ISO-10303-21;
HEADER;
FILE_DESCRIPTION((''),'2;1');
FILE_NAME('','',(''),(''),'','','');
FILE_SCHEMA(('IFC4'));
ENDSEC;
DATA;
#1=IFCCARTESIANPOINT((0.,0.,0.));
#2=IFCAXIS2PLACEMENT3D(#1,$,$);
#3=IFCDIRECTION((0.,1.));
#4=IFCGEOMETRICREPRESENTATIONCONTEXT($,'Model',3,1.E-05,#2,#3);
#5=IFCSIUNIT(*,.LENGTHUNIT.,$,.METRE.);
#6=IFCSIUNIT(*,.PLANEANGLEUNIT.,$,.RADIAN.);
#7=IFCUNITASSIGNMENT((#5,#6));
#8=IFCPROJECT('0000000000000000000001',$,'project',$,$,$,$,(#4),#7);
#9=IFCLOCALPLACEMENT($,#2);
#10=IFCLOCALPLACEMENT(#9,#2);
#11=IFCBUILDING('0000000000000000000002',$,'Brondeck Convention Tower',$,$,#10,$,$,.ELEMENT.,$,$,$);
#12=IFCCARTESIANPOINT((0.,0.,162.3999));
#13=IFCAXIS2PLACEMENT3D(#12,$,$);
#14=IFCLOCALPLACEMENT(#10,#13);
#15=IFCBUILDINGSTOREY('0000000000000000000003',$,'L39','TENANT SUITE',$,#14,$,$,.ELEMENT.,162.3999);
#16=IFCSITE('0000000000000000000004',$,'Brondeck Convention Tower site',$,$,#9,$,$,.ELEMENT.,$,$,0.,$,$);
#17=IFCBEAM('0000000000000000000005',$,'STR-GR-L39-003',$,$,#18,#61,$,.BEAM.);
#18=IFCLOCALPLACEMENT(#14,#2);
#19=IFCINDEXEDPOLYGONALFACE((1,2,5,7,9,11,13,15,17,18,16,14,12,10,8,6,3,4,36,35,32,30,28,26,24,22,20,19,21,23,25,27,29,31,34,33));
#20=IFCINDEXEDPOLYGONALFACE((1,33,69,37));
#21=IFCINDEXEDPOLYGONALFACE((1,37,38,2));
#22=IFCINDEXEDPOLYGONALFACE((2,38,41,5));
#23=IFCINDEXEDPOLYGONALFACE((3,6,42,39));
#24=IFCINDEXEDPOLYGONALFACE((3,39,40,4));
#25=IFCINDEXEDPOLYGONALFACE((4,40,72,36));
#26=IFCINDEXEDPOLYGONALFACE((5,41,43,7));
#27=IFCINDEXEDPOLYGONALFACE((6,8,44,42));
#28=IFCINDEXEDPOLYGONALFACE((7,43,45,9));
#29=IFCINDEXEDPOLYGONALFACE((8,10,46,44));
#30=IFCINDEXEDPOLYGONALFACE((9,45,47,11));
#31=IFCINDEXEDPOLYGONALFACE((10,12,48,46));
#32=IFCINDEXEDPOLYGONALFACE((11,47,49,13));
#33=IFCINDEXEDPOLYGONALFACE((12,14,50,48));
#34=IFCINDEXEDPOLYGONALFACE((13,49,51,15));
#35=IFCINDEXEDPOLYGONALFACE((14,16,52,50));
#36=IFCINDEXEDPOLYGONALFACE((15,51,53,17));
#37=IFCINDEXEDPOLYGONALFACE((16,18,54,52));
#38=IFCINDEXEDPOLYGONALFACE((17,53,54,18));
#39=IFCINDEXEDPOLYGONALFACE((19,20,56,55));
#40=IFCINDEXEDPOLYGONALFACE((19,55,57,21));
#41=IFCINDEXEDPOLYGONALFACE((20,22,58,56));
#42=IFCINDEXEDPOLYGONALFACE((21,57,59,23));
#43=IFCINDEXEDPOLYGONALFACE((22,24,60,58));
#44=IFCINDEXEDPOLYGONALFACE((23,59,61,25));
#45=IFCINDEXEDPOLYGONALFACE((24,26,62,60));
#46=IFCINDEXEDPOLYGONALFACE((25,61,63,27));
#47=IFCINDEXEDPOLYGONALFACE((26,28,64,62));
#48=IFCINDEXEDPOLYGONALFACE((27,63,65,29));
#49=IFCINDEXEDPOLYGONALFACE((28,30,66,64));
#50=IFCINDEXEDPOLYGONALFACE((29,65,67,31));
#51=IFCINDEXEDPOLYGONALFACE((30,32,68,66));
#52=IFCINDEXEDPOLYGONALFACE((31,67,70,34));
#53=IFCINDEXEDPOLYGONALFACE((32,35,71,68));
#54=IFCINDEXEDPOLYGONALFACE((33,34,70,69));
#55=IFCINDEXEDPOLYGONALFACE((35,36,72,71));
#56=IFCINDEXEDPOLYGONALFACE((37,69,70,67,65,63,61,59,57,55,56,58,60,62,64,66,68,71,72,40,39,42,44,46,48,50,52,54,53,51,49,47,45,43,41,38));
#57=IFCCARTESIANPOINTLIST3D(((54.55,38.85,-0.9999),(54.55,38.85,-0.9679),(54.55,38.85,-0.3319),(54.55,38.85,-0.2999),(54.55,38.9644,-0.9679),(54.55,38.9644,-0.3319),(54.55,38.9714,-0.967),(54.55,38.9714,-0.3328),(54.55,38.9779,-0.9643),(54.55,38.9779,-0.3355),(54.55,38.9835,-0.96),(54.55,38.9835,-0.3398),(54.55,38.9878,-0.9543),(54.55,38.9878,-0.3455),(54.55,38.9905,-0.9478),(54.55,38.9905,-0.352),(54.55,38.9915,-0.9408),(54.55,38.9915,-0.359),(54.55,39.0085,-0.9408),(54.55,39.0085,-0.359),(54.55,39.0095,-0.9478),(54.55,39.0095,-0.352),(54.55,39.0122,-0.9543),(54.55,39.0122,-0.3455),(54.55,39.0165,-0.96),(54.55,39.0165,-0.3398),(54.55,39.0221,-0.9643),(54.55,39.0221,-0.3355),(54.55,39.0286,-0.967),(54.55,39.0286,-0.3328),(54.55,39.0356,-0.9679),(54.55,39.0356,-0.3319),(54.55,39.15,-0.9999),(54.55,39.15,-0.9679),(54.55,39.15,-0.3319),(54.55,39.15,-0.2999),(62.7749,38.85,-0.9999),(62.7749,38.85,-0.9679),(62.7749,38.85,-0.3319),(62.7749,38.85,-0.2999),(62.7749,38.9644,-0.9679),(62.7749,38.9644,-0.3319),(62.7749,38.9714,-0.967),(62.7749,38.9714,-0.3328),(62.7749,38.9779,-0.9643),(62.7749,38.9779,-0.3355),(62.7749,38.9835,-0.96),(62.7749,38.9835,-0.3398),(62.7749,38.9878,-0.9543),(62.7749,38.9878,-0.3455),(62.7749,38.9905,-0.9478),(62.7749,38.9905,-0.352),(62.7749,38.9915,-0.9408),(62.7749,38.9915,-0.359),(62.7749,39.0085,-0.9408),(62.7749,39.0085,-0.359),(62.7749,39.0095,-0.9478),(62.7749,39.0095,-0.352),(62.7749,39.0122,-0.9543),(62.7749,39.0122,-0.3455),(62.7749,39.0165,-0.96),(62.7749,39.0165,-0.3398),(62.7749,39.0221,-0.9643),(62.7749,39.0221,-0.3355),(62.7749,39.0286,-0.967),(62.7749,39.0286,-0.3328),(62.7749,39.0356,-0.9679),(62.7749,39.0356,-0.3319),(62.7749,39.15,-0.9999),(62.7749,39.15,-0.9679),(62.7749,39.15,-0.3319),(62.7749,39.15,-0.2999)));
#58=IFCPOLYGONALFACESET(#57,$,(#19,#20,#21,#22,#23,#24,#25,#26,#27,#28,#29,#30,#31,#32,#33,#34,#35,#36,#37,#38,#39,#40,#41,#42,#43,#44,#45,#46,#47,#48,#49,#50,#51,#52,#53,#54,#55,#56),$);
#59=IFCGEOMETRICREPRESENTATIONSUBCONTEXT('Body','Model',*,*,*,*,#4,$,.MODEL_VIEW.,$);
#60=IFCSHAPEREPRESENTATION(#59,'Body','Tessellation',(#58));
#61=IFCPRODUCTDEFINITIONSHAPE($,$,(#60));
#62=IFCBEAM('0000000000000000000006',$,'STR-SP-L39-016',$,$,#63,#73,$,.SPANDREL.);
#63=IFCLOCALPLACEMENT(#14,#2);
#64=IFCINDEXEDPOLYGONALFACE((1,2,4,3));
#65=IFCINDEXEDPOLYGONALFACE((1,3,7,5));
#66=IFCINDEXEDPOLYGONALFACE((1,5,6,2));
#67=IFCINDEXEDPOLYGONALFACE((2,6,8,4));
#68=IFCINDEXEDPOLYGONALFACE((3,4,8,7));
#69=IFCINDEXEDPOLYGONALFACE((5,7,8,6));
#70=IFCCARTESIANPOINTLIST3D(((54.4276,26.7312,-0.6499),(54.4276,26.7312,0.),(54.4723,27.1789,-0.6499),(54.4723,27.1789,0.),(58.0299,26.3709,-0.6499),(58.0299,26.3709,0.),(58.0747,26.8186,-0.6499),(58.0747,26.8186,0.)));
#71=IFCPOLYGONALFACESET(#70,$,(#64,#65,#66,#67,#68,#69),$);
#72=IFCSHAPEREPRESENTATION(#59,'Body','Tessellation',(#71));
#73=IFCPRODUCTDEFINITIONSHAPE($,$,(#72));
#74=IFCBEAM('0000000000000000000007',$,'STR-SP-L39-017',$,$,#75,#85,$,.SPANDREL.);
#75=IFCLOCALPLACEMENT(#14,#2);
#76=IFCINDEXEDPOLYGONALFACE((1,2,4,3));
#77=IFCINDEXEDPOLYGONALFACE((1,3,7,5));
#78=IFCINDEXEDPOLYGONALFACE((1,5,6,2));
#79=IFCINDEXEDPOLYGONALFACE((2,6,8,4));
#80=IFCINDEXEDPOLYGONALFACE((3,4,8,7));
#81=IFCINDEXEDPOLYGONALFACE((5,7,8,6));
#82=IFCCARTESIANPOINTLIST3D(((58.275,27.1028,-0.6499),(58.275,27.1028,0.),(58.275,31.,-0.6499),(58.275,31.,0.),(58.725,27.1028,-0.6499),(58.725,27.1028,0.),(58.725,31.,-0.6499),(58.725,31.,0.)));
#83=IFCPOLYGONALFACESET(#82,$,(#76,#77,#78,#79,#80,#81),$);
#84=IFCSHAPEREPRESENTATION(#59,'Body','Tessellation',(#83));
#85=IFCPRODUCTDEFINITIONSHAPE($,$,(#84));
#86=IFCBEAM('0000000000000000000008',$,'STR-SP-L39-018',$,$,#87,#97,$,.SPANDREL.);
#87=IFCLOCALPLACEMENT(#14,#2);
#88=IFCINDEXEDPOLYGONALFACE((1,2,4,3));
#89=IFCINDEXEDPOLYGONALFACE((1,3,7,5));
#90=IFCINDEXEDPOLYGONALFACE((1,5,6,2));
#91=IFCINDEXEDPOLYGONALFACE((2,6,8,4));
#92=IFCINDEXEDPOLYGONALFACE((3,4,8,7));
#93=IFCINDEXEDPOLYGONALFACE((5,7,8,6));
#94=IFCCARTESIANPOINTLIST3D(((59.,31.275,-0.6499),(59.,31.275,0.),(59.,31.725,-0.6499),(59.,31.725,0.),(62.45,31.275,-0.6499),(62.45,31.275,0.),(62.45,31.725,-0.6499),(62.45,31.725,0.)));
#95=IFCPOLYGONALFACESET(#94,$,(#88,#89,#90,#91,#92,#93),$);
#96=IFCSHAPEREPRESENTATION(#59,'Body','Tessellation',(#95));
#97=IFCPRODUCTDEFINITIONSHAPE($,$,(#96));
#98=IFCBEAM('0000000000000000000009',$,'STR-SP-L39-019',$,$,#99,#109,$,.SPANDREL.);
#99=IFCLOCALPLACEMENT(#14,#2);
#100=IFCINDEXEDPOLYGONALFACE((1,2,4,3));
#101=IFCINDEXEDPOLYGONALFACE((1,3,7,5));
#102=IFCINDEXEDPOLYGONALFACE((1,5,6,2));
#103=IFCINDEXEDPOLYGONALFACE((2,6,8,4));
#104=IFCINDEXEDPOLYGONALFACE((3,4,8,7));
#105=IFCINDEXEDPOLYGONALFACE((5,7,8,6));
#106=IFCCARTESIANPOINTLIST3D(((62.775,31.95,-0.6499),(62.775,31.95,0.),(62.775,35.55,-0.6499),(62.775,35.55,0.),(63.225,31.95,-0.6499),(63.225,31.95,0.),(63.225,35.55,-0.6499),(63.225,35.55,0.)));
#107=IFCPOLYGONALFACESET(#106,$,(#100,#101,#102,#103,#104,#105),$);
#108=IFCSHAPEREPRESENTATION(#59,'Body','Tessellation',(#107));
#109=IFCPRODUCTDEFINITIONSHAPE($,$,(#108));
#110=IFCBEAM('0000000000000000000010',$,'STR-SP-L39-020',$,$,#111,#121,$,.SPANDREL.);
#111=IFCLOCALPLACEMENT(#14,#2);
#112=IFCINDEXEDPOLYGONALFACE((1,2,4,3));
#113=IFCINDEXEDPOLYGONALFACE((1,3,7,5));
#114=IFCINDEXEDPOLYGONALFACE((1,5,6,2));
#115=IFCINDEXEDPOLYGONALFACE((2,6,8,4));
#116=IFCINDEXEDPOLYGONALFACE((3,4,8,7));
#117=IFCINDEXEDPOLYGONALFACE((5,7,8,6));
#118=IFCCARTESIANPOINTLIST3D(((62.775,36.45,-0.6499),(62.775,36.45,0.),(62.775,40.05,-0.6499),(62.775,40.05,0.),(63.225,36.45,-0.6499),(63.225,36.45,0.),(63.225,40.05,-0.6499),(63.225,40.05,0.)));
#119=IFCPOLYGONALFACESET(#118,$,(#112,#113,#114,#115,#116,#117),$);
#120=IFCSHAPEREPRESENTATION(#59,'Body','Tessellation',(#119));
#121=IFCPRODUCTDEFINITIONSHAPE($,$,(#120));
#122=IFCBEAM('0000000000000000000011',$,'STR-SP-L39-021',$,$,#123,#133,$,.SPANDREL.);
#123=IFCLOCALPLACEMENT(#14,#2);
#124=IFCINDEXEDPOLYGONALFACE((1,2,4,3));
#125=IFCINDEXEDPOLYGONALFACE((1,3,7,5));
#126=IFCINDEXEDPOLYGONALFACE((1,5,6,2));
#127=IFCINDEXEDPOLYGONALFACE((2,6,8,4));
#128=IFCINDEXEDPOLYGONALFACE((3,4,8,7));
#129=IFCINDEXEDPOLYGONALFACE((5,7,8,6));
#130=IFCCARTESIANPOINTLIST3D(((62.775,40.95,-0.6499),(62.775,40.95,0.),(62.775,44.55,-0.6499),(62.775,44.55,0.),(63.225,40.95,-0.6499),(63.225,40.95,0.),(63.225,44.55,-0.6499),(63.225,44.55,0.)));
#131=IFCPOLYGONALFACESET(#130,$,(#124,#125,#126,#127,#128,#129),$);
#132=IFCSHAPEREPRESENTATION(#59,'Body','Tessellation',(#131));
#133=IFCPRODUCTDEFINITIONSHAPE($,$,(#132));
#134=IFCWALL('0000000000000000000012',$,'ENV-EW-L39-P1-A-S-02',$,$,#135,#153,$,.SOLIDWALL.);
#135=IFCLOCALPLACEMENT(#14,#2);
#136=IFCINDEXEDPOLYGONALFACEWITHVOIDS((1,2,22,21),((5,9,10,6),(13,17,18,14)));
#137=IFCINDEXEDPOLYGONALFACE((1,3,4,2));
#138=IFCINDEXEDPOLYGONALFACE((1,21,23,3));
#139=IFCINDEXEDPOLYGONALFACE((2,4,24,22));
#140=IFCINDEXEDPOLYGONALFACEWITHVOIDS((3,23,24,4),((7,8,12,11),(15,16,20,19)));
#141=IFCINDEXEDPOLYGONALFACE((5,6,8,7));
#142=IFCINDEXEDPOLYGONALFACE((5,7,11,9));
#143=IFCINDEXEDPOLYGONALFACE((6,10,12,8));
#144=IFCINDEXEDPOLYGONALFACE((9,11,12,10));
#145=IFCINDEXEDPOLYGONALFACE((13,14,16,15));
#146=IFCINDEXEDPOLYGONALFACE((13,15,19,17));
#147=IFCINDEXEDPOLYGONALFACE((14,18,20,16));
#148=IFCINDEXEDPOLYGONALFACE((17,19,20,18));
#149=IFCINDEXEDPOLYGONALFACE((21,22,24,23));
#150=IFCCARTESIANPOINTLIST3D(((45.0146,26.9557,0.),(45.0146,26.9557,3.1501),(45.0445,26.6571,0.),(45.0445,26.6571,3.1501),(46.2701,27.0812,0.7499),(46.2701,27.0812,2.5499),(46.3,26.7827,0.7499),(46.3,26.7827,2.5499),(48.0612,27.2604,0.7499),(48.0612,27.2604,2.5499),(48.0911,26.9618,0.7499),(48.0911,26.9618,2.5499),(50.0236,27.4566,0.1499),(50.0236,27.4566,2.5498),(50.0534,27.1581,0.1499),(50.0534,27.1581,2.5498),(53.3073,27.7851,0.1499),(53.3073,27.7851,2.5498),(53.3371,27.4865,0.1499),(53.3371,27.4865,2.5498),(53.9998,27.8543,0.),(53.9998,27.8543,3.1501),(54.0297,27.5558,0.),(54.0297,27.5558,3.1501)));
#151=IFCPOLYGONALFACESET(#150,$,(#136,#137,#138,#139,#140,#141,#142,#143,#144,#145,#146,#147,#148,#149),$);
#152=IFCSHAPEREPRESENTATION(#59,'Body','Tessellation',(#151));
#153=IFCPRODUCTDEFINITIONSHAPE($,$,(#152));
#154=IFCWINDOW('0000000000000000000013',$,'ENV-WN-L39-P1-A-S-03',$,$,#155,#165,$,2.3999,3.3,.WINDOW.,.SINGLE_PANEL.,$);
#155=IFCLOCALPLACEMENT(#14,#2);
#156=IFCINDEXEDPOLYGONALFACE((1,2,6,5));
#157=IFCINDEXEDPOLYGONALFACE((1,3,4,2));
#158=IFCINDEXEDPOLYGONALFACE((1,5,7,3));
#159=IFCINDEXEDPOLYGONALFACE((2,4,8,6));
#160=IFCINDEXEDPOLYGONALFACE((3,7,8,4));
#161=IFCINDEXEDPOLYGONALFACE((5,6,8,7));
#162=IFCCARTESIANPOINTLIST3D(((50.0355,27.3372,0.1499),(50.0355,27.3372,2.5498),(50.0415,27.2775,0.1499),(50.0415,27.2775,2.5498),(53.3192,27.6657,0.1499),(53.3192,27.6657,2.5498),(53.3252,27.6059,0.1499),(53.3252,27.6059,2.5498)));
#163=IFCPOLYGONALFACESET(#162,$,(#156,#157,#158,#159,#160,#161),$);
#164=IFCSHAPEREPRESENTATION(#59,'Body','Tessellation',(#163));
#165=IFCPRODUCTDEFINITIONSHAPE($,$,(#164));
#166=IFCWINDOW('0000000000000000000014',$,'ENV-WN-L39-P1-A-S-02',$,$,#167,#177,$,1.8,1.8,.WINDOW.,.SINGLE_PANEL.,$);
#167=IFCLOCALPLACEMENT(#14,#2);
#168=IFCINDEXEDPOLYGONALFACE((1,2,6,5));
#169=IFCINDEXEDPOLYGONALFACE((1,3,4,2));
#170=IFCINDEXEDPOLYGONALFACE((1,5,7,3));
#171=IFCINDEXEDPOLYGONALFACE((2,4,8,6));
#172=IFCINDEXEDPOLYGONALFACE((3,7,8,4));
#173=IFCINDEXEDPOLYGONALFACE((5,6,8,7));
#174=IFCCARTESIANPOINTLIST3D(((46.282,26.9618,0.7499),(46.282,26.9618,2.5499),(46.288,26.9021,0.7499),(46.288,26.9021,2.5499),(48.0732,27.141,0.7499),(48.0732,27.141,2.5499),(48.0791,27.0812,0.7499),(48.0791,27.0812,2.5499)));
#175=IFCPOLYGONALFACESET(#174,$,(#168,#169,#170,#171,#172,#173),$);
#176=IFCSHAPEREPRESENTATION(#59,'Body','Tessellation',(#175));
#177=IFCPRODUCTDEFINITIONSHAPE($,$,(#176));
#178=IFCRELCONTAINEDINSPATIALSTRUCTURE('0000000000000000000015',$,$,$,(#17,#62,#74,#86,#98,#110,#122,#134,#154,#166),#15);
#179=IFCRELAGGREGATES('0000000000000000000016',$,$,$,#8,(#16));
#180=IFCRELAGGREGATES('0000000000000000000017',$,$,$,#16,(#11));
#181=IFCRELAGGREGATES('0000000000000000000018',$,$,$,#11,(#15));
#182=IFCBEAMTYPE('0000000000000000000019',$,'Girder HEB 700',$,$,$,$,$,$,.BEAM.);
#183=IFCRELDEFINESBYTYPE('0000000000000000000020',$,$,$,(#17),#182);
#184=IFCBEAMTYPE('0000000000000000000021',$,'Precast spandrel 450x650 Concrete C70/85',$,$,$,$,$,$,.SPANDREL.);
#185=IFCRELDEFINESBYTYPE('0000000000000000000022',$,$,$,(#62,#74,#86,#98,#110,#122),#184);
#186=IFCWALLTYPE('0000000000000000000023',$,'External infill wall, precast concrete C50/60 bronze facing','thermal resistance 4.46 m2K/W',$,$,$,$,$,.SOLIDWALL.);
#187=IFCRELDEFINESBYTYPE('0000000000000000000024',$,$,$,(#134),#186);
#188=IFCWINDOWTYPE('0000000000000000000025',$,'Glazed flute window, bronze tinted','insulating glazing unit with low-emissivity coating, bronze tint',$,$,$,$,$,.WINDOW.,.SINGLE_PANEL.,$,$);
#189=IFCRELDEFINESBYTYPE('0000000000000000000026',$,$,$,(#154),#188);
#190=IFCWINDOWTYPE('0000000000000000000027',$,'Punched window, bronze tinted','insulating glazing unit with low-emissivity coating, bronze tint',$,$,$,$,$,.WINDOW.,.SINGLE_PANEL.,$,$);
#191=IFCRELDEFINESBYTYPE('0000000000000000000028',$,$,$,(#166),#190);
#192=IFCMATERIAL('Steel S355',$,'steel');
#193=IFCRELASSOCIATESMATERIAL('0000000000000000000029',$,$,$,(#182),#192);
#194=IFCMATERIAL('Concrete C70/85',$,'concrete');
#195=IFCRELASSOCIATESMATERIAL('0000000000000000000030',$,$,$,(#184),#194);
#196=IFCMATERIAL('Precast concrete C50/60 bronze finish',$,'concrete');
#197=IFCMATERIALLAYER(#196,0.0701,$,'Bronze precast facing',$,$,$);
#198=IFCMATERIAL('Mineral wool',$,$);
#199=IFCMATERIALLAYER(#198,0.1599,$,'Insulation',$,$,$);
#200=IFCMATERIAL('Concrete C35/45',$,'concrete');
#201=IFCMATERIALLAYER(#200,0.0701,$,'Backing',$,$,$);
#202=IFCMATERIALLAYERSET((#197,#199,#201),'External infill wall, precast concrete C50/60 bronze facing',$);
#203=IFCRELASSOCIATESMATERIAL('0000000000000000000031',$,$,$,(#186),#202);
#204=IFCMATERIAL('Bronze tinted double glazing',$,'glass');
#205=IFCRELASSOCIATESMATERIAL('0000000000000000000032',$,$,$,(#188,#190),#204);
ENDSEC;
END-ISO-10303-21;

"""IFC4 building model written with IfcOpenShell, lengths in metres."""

from ifc_helpers import new_model, si_unit, direction, frame, frame_2d, origin, origin_2d, place, context, subcontext, project, spatial, rectangle, i_section, extrude, material, layer, layer_set, material_profile, profile_set, type_object, element, fill, save


model = new_model("IFC4")

# Units and contexts
model_context = context("Model", 3, precision=1e-05, world=origin(), true_north=direction((0.0, 1.0)))
body_context = subcontext(model_context, "Body", "Model", "MODEL_VIEW")
ifc_project = project(units=[si_unit("LENGTHUNIT", "METRE"), si_unit("PLANEANGLEUNIT", "RADIAN")], contexts=[model_context])

# Site, building, storey
site_placement = place(None, origin())
site = spatial("IfcSite", under=ifc_project, at=site_placement, Name="Brondeck Convention Tower site", CompositionType="ELEMENT", RefElevation=0.0)
building_placement = place(site_placement, origin())
building = spatial("IfcBuilding", under=site, at=building_placement, Name="Brondeck Convention Tower", CompositionType="ELEMENT")
storey_placement = place(building_placement, frame((0.0, 0.0, 162.3999)))
storey = spatial("IfcBuildingStorey", under=building, at=storey_placement, Name="L39", Description="TENANT SUITE", CompositionType="ELEMENT", Elevation=162.3999)

# Shared definitions
ifc_material_1 = material(Name="Concrete C70/85", Category="concrete")

# Beams
ifc_material_2 = material(Name="Steel S355", Category="steel")
ifc_material_profile_1 = material_profile(ifc_material_2, i_section(OverallWidth=0.3, OverallDepth=0.7, WebThickness=0.0171, FlangeThickness=0.032, FilletRadius=0.0271, at=origin_2d()), Name="HEB 700")
ifc_profile_set_1 = profile_set([ifc_material_profile_1], Name="Steel S355")
beam_type_1 = type_object("IfcBeamType", Name="Girder HEB 700", PredefinedType="BEAM", material=ifc_profile_set_1)
beam_1_placement = place(storey_placement, frame((54.55, 39.0, -0.6499), z_axis=(1.0, 0.0, 0.0), x_axis=(0.0, 1.0, 0.0)))
element("IfcBeam", 1, at=beam_1_placement, inside=storey, type_object=beam_type_1, Name="STR-GR-L39-003", PredefinedType="BEAM", context=body_context, shape_type="SweptSolid", body=[
    extrude(i_section(OverallWidth=0.3, OverallDepth=0.7, WebThickness=0.0171, FlangeThickness=0.032, FilletRadius=0.0271, at=origin_2d()), origin(), (0.0, 0.0, 1.0), 8.2249),
])
ifc_material_profile_2 = material_profile(ifc_material_1, rectangle(XDim=0.45, YDim=0.6499, at=origin_2d()), Name="Precast spandrel 450x650 Concrete C70/85")
ifc_profile_set_2 = profile_set([ifc_material_profile_2], Name="Concrete C70/85")
beam_type_2 = type_object("IfcBeamType", Name="Precast spandrel 450x650 Concrete C70/85", PredefinedType="SPANDREL", material=ifc_profile_set_2)
beam_2_placement = place(storey_placement, frame((54.45, 26.9551, -0.325), z_axis=(0.995034, -0.099537, 0.0), x_axis=(0.099537, 0.995034, 0.0)))
element("IfcBeam", 2, at=beam_2_placement, inside=storey, type_object=beam_type_2, Name="STR-SP-L39-016", PredefinedType="SPANDREL", context=body_context, shape_type="SweptSolid", body=[
    extrude(rectangle(XDim=0.45, YDim=0.6499, at=origin_2d()), origin(), (0.0, 0.0, 1.0), 3.6204),
])
beam_3_placement = place(storey_placement, frame((58.5, 27.1028, -0.325), z_axis=(0.0, 1.0, 0.0), x_axis=(-1.0, 0.0, 0.0)))
element("IfcBeam", 3, at=beam_3_placement, inside=storey, type_object=beam_type_2, Name="STR-SP-L39-017", PredefinedType="SPANDREL", context=body_context, shape_type="SweptSolid", body=[
    extrude(rectangle(XDim=0.45, YDim=0.6499, at=origin_2d()), origin(), (0.0, 0.0, 1.0), 3.8972),
])
beam_4_placement = place(storey_placement, frame((59.0, 31.5, -0.325), z_axis=(1.0, 0.0, 0.0), x_axis=(0.0, 1.0, 0.0)))
element("IfcBeam", 4, at=beam_4_placement, inside=storey, type_object=beam_type_2, Name="STR-SP-L39-018", PredefinedType="SPANDREL", context=body_context, shape_type="SweptSolid", body=[
    extrude(rectangle(XDim=0.45, YDim=0.6499, at=origin_2d()), origin(), (0.0, 0.0, 1.0), 3.45),
])
for number, where, z_axis, x_axis, name in (
    (5, (63.0, 31.95, -0.325), (0.0, 1.0, 0.0), (-1.0, 0.0, 0.0), "STR-SP-L39-019"),
    (6, (63.0, 36.45, -0.325), (0.0, 1.0, 0.0), (-1.0, 0.0, 0.0), "STR-SP-L39-020"),
    (7, (63.0, 40.95, -0.325), (0.0, 1.0, 0.0), (-1.0, 0.0, 0.0), "STR-SP-L39-021"),
):
    element("IfcBeam", number, at=place(storey_placement, frame(where, z_axis=z_axis, x_axis=x_axis)), inside=storey, type_object=beam_type_2, Name=name, PredefinedType="SPANDREL", context=body_context, shape_type="SweptSolid", body=[
        extrude(rectangle(XDim=0.45, YDim=0.6499, at=origin_2d()), origin(), (0.0, 0.0, 1.0), 3.6001),
    ])

# Wall, openings, windows
ifc_material_3 = material(Name="Precast concrete C50/60 bronze finish", Category="concrete")
ifc_layer_1 = layer(ifc_material_3, 0.0701, Name="Bronze precast facing")
ifc_material_4 = material(Name="Mineral wool")
ifc_layer_2 = layer(ifc_material_4, 0.1599, Name="Insulation")
ifc_material_5 = material(Name="Concrete C35/45", Category="concrete")
ifc_layer_3 = layer(ifc_material_5, 0.0701, Name="Backing")
ifc_layer_set_1 = layer_set([ifc_layer_1, ifc_layer_2, ifc_layer_3], Name="External infill wall, precast concrete C50/60 bronze facing")
wall_type_1 = type_object("IfcWallType", Name="External infill wall, precast concrete C50/60 bronze facing", Description="thermal resistance 4.46 m2K/W", PredefinedType="SOLIDWALL", material=ifc_layer_set_1)
wall_1_placement = place(storey_placement, frame((54.0149, 27.7051, 0.0), z_axis=(0.0, 0.0, 1.0), x_axis=(-0.995035, -0.099522, 0.0)))
wall_1 = element("IfcWall", 8, at=wall_1_placement, inside=storey, type_object=wall_type_1, Name="ENV-EW-L39-P1-A-S-02", PredefinedType="SOLIDWALL", context=body_context, shape_type="SweptSolid", body=[
    extrude(rectangle(XDim=9.03, YDim=0.3, at=frame_2d((4.5151, 0.0))), origin(), (0.0, 0.0, 1.0), 3.1501),
])
opening_1_placement = place(wall_1_placement, frame((0.6963, 0.0, 0.1499)))
opening_1 = element("IfcOpeningElement", 9, at=opening_1_placement, cuts=wall_1, PredefinedType="OPENING", context=body_context, shape_type="SweptSolid", body=[
    extrude(rectangle(XDim=3.3, YDim=2.3999, at=frame_2d((1.6499, 1.2))), frame((0.0, 0.1599, 0.0), z_axis=(0.0, -1.0, 0.0), x_axis=(1.0, 0.0, 0.0)), (0.0, 0.0, 1.0), 0.3201),
])
opening_2_placement = place(wall_1_placement, frame((5.9685, 0.0, 0.75)))
opening_2 = element("IfcOpeningElement", 10, at=opening_2_placement, cuts=wall_1, PredefinedType="OPENING", context=body_context, shape_type="SweptSolid", body=[
    extrude(rectangle(XDim=1.8, YDim=1.8, at=frame_2d((0.8999, 0.8999))), frame((0.0, 0.1599, 0.0), z_axis=(0.0, -1.0, 0.0), x_axis=(1.0, 0.0, 0.0)), (0.0, 0.0, 1.0), 0.3201),
])
ifc_material_6 = material(Name="Bronze tinted double glazing", Category="glass")
window_type_1 = type_object("IfcWindowType", Name="Glazed flute window, bronze tinted", Description="insulating glazing unit with low-emissivity coating, bronze tint", PartitioningType="SINGLE_PANEL", PredefinedType="WINDOW", material=ifc_material_6)
window_1_placement = place(opening_1_placement, origin())
window_1 = element("IfcWindow", 11, at=window_1_placement, inside=storey, type_object=window_type_1, Name="ENV-WN-L39-P1-A-S-03", OverallHeight=2.3999, OverallWidth=3.3, PartitioningType="SINGLE_PANEL", PredefinedType="WINDOW", context=body_context, shape_type="SweptSolid", body=[
    extrude(rectangle(XDim=3.3, YDim=2.3999, at=frame_2d((1.6499, 1.2))), frame((0.0, 0.03, 0.0), z_axis=(0.0, -1.0, 0.0), x_axis=(1.0, 0.0, 0.0)), (0.0, 0.0, 1.0), 0.0601),
])
fill(opening_1, window_1)
window_type_2 = type_object("IfcWindowType", Name="Punched window, bronze tinted", Description="insulating glazing unit with low-emissivity coating, bronze tint", PartitioningType="SINGLE_PANEL", PredefinedType="WINDOW", material=ifc_material_6)
window_2_placement = place(opening_2_placement, origin())
window_2 = element("IfcWindow", 12, at=window_2_placement, inside=storey, type_object=window_type_2, Name="ENV-WN-L39-P1-A-S-02", OverallHeight=1.8, OverallWidth=1.8, PartitioningType="SINGLE_PANEL", PredefinedType="WINDOW", context=body_context, shape_type="SweptSolid", body=[
    extrude(rectangle(XDim=1.8, YDim=1.8, at=frame_2d((0.8999, 0.8999))), frame((0.0, 0.03, 0.0), z_axis=(0.0, -1.0, 0.0), x_axis=(1.0, 0.0, 0.0)), (0.0, 0.0, 1.0), 0.0601),
])
fill(opening_2, window_2)

save(model, "model.ifc")
